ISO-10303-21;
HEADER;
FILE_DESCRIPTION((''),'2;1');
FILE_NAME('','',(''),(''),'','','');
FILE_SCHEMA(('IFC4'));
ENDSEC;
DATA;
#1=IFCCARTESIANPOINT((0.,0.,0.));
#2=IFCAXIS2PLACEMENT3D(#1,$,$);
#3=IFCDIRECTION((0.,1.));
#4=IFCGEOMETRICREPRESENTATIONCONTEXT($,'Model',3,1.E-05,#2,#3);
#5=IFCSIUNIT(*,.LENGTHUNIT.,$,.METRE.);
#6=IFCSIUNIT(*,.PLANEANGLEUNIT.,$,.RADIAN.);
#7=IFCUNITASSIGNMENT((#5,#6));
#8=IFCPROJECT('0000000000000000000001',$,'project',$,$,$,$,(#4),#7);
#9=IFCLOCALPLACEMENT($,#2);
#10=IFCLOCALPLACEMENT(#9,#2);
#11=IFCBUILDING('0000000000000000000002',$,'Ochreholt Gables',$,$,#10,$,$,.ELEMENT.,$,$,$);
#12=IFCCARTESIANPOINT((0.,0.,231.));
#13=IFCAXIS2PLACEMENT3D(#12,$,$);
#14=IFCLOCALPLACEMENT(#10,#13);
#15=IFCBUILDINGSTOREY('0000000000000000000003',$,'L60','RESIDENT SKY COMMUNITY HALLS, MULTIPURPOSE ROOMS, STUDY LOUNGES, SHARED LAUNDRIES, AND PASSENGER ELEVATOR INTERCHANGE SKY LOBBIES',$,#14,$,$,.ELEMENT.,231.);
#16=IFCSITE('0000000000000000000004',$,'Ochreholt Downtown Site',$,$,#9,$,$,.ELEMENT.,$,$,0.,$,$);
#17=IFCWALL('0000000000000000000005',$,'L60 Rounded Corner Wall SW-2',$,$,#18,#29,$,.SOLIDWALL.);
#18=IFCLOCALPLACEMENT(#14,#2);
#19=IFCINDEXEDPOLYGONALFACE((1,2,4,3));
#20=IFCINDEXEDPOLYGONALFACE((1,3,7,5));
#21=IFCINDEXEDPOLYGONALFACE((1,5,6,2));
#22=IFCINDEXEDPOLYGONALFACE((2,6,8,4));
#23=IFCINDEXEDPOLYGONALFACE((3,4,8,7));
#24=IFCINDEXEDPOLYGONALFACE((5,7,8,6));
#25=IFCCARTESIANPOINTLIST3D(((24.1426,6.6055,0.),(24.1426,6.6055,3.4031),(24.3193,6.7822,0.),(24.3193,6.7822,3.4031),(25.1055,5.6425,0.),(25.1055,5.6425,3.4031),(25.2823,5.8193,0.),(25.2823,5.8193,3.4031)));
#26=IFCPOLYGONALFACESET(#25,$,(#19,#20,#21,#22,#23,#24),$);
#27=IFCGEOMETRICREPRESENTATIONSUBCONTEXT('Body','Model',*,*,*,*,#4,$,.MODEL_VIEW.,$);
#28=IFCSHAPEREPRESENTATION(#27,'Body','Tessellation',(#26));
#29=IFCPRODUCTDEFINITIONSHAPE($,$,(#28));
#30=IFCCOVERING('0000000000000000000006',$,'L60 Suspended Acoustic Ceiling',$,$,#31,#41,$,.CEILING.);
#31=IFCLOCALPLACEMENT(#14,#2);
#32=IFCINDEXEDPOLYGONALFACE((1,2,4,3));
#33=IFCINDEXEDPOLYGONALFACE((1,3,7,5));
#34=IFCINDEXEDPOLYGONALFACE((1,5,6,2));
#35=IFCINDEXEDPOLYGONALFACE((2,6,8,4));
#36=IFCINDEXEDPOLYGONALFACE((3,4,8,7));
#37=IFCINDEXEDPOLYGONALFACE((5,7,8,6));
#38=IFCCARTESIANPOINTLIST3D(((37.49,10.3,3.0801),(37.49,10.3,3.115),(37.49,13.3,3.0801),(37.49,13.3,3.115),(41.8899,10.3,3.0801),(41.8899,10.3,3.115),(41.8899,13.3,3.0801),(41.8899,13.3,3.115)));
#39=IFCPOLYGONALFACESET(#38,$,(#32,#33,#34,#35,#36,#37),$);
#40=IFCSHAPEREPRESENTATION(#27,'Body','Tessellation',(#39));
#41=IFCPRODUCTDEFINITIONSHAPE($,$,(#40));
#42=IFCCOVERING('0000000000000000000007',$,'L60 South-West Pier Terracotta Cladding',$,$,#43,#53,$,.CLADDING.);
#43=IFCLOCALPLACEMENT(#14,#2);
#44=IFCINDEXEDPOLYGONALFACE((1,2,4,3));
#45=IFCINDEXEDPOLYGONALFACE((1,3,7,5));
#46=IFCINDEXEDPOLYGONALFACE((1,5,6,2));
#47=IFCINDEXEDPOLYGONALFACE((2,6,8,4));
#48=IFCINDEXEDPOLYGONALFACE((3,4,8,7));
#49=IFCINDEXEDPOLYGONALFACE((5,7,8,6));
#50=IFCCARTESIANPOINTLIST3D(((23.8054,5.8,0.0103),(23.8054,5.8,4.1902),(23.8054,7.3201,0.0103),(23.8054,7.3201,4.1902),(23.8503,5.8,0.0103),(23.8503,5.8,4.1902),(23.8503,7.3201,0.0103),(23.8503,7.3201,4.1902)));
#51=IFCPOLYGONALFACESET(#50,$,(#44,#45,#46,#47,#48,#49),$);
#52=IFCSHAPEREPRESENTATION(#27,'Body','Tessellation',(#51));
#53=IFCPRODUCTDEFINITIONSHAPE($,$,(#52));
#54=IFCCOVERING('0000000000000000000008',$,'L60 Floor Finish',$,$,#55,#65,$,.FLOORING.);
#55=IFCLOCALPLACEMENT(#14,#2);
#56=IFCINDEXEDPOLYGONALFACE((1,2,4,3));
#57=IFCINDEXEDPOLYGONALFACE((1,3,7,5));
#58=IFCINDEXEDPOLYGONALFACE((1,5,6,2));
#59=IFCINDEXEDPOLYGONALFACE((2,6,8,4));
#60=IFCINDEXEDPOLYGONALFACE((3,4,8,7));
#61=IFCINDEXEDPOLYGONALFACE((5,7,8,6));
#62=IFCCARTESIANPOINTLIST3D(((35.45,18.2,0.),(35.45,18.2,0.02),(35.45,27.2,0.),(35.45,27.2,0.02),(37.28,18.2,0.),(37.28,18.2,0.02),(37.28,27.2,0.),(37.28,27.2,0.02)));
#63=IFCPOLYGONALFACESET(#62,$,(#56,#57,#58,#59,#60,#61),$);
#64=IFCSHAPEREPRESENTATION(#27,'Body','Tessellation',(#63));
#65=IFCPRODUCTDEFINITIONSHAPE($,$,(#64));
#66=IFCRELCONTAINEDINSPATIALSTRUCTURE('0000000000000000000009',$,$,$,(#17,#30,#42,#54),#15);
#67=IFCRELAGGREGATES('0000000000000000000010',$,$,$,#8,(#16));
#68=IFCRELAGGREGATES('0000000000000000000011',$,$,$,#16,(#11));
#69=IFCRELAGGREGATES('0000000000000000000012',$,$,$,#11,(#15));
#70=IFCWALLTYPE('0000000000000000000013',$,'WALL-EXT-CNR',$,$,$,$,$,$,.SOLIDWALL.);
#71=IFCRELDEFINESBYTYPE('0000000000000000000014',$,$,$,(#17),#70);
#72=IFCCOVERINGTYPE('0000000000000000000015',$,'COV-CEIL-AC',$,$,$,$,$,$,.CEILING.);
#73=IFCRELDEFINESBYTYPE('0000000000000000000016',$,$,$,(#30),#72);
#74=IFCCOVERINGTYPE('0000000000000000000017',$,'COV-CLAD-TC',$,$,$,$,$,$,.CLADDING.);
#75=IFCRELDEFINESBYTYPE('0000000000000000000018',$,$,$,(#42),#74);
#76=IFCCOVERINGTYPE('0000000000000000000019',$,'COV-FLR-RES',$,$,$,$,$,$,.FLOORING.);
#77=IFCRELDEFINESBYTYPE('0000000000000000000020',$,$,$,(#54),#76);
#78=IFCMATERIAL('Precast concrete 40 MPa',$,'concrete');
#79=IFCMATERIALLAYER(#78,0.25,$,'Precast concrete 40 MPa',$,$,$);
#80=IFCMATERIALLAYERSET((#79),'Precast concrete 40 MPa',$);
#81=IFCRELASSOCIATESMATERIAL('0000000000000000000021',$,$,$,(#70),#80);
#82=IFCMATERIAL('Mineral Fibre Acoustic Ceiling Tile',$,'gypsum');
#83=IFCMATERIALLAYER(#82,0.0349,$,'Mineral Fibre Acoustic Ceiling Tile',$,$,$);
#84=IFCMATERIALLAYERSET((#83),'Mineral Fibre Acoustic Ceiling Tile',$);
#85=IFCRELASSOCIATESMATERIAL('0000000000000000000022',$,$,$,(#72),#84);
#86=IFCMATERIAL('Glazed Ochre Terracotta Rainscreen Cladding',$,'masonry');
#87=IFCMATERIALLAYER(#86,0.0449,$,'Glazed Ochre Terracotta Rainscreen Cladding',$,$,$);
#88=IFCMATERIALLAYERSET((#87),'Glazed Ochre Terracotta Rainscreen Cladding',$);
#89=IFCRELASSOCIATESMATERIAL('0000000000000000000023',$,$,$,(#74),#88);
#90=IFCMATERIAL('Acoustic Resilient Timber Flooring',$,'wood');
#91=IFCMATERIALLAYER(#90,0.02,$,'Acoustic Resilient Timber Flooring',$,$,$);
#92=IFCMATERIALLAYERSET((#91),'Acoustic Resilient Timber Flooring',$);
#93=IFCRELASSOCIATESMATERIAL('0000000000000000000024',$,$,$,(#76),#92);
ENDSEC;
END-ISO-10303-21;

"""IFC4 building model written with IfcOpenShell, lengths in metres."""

from ifc_helpers import new_model, si_unit, direction, frame, frame_2d, origin, origin_2d, place, context, subcontext, project, spatial, polyline, rectangle, outline, extrude, material, layer, layer_set, type_object, element, save


model = new_model("IFC4")

# Units and contexts
model_context = context("Model", 3, precision=1e-05, world=origin(), true_north=direction((0.0, 1.0)))
body_context = subcontext(model_context, "Body", "Model", "MODEL_VIEW")
ifc_project = project(units=[si_unit("LENGTHUNIT", "METRE"), si_unit("PLANEANGLEUNIT", "RADIAN")], contexts=[model_context])

# Site, building, storey
site_placement = place(None, origin())
site = spatial("IfcSite", under=ifc_project, at=site_placement, Name="Ochreholt Downtown Site", CompositionType="ELEMENT", RefElevation=0.0)
building_placement = place(site_placement, origin())
building = spatial("IfcBuilding", under=site, at=building_placement, Name="Ochreholt Gables", CompositionType="ELEMENT")
storey_placement = place(building_placement, frame((0.0, 0.0, 231.0)))
storey = spatial("IfcBuildingStorey", under=building, at=storey_placement, Name="L60", Description="RESIDENT SKY COMMUNITY HALLS, MULTIPURPOSE ROOMS, STUDY LOUNGES, SHARED LAUNDRIES, AND PASSENGER ELEVATOR INTERCHANGE SKY LOBBIES", CompositionType="ELEMENT", Elevation=231.0)

# Shared definitions
ifc_material_1 = material(Name="Precast concrete 40 MPa", Category="concrete")

# Wall
ifc_layer_1 = layer(ifc_material_1, 0.25, Name="Precast concrete 40 MPa")
ifc_layer_set_1 = layer_set([ifc_layer_1], Name="Precast concrete 40 MPa")
wall_type_1 = type_object("IfcWallType", Name="WALL-EXT-CNR", PredefinedType="SOLIDWALL", material=ifc_layer_set_1)
wall_1_placement = place(storey_placement, frame((24.231, 6.6938, 0.0), z_axis=(0.0, 0.0, 1.0), x_axis=(0.707107, -0.707107, 0.0)))
element("IfcWall", 1, at=wall_1_placement, inside=storey, type_object=wall_type_1, Name="L60 Rounded Corner Wall SW-2", PredefinedType="SOLIDWALL", context=body_context, shape_type="SweptSolid", body=[
    extrude(rectangle(XDim=1.3618, YDim=0.25, at=frame_2d((0.6809, 0.0))), origin(), (0.0, 0.0, 1.0), 3.4031),
])

# Coverings
ifc_material_2 = material(Name="Mineral Fibre Acoustic Ceiling Tile", Category="gypsum")
ifc_layer_2 = layer(ifc_material_2, 0.0349, Name="Mineral Fibre Acoustic Ceiling Tile")
ifc_layer_set_2 = layer_set([ifc_layer_2], Name="Mineral Fibre Acoustic Ceiling Tile")
covering_type_1 = type_object("IfcCoveringType", Name="COV-CEIL-AC", PredefinedType="CEILING", material=ifc_layer_set_2)
covering_1_placement = place(storey_placement, frame((0.0, 0.0, 3.0801)))
element("IfcCovering", 2, at=covering_1_placement, inside=storey, type_object=covering_type_1, Name="L60 Suspended Acoustic Ceiling", PredefinedType="CEILING", context=body_context, shape_type="SweptSolid", body=[
    extrude(outline(polyline([(37.49, 10.3), (41.8899, 10.3), (41.8899, 13.3), (37.49, 13.3), (37.49, 10.3)])), origin(), (0.0, 0.0, 1.0), 0.0349),
])
ifc_material_3 = material(Name="Glazed Ochre Terracotta Rainscreen Cladding", Category="masonry")
ifc_layer_3 = layer(ifc_material_3, 0.0449, Name="Glazed Ochre Terracotta Rainscreen Cladding")
ifc_layer_set_3 = layer_set([ifc_layer_3], Name="Glazed Ochre Terracotta Rainscreen Cladding")
covering_type_2 = type_object("IfcCoveringType", Name="COV-CLAD-TC", PredefinedType="CLADDING", material=ifc_layer_set_3)
covering_2_placement = place(storey_placement, frame((23.8279, 6.5601, 0.0103), z_axis=(0.0, 0.0, 1.0), x_axis=(0.0, 1.0, 0.0)))
element("IfcCovering", 3, at=covering_2_placement, inside=storey, type_object=covering_type_2, Name="L60 South-West Pier Terracotta Cladding", PredefinedType="CLADDING", context=body_context, shape_type="SweptSolid", body=[
    extrude(rectangle(XDim=1.52, YDim=0.0449, at=origin_2d()), origin(), (0.0, 0.0, 1.0), 4.1799),
])
ifc_material_4 = material(Name="Acoustic Resilient Timber Flooring", Category="wood")
ifc_layer_4 = layer(ifc_material_4, 0.02, Name="Acoustic Resilient Timber Flooring")
ifc_layer_set_4 = layer_set([ifc_layer_4], Name="Acoustic Resilient Timber Flooring")
covering_type_3 = type_object("IfcCoveringType", Name="COV-FLR-RES", PredefinedType="FLOORING", material=ifc_layer_set_4)
covering_3_placement = place(storey_placement, origin())
element("IfcCovering", 4, at=covering_3_placement, inside=storey, type_object=covering_type_3, Name="L60 Floor Finish", PredefinedType="FLOORING", context=body_context, shape_type="SweptSolid", body=[
    extrude(outline(polyline([(35.45, 18.2), (37.28, 18.2), (37.28, 27.2), (35.45, 27.2), (35.45, 18.2)])), origin(), (0.0, 0.0, 1.0), 0.02),
])

save(model, "model.ifc")
